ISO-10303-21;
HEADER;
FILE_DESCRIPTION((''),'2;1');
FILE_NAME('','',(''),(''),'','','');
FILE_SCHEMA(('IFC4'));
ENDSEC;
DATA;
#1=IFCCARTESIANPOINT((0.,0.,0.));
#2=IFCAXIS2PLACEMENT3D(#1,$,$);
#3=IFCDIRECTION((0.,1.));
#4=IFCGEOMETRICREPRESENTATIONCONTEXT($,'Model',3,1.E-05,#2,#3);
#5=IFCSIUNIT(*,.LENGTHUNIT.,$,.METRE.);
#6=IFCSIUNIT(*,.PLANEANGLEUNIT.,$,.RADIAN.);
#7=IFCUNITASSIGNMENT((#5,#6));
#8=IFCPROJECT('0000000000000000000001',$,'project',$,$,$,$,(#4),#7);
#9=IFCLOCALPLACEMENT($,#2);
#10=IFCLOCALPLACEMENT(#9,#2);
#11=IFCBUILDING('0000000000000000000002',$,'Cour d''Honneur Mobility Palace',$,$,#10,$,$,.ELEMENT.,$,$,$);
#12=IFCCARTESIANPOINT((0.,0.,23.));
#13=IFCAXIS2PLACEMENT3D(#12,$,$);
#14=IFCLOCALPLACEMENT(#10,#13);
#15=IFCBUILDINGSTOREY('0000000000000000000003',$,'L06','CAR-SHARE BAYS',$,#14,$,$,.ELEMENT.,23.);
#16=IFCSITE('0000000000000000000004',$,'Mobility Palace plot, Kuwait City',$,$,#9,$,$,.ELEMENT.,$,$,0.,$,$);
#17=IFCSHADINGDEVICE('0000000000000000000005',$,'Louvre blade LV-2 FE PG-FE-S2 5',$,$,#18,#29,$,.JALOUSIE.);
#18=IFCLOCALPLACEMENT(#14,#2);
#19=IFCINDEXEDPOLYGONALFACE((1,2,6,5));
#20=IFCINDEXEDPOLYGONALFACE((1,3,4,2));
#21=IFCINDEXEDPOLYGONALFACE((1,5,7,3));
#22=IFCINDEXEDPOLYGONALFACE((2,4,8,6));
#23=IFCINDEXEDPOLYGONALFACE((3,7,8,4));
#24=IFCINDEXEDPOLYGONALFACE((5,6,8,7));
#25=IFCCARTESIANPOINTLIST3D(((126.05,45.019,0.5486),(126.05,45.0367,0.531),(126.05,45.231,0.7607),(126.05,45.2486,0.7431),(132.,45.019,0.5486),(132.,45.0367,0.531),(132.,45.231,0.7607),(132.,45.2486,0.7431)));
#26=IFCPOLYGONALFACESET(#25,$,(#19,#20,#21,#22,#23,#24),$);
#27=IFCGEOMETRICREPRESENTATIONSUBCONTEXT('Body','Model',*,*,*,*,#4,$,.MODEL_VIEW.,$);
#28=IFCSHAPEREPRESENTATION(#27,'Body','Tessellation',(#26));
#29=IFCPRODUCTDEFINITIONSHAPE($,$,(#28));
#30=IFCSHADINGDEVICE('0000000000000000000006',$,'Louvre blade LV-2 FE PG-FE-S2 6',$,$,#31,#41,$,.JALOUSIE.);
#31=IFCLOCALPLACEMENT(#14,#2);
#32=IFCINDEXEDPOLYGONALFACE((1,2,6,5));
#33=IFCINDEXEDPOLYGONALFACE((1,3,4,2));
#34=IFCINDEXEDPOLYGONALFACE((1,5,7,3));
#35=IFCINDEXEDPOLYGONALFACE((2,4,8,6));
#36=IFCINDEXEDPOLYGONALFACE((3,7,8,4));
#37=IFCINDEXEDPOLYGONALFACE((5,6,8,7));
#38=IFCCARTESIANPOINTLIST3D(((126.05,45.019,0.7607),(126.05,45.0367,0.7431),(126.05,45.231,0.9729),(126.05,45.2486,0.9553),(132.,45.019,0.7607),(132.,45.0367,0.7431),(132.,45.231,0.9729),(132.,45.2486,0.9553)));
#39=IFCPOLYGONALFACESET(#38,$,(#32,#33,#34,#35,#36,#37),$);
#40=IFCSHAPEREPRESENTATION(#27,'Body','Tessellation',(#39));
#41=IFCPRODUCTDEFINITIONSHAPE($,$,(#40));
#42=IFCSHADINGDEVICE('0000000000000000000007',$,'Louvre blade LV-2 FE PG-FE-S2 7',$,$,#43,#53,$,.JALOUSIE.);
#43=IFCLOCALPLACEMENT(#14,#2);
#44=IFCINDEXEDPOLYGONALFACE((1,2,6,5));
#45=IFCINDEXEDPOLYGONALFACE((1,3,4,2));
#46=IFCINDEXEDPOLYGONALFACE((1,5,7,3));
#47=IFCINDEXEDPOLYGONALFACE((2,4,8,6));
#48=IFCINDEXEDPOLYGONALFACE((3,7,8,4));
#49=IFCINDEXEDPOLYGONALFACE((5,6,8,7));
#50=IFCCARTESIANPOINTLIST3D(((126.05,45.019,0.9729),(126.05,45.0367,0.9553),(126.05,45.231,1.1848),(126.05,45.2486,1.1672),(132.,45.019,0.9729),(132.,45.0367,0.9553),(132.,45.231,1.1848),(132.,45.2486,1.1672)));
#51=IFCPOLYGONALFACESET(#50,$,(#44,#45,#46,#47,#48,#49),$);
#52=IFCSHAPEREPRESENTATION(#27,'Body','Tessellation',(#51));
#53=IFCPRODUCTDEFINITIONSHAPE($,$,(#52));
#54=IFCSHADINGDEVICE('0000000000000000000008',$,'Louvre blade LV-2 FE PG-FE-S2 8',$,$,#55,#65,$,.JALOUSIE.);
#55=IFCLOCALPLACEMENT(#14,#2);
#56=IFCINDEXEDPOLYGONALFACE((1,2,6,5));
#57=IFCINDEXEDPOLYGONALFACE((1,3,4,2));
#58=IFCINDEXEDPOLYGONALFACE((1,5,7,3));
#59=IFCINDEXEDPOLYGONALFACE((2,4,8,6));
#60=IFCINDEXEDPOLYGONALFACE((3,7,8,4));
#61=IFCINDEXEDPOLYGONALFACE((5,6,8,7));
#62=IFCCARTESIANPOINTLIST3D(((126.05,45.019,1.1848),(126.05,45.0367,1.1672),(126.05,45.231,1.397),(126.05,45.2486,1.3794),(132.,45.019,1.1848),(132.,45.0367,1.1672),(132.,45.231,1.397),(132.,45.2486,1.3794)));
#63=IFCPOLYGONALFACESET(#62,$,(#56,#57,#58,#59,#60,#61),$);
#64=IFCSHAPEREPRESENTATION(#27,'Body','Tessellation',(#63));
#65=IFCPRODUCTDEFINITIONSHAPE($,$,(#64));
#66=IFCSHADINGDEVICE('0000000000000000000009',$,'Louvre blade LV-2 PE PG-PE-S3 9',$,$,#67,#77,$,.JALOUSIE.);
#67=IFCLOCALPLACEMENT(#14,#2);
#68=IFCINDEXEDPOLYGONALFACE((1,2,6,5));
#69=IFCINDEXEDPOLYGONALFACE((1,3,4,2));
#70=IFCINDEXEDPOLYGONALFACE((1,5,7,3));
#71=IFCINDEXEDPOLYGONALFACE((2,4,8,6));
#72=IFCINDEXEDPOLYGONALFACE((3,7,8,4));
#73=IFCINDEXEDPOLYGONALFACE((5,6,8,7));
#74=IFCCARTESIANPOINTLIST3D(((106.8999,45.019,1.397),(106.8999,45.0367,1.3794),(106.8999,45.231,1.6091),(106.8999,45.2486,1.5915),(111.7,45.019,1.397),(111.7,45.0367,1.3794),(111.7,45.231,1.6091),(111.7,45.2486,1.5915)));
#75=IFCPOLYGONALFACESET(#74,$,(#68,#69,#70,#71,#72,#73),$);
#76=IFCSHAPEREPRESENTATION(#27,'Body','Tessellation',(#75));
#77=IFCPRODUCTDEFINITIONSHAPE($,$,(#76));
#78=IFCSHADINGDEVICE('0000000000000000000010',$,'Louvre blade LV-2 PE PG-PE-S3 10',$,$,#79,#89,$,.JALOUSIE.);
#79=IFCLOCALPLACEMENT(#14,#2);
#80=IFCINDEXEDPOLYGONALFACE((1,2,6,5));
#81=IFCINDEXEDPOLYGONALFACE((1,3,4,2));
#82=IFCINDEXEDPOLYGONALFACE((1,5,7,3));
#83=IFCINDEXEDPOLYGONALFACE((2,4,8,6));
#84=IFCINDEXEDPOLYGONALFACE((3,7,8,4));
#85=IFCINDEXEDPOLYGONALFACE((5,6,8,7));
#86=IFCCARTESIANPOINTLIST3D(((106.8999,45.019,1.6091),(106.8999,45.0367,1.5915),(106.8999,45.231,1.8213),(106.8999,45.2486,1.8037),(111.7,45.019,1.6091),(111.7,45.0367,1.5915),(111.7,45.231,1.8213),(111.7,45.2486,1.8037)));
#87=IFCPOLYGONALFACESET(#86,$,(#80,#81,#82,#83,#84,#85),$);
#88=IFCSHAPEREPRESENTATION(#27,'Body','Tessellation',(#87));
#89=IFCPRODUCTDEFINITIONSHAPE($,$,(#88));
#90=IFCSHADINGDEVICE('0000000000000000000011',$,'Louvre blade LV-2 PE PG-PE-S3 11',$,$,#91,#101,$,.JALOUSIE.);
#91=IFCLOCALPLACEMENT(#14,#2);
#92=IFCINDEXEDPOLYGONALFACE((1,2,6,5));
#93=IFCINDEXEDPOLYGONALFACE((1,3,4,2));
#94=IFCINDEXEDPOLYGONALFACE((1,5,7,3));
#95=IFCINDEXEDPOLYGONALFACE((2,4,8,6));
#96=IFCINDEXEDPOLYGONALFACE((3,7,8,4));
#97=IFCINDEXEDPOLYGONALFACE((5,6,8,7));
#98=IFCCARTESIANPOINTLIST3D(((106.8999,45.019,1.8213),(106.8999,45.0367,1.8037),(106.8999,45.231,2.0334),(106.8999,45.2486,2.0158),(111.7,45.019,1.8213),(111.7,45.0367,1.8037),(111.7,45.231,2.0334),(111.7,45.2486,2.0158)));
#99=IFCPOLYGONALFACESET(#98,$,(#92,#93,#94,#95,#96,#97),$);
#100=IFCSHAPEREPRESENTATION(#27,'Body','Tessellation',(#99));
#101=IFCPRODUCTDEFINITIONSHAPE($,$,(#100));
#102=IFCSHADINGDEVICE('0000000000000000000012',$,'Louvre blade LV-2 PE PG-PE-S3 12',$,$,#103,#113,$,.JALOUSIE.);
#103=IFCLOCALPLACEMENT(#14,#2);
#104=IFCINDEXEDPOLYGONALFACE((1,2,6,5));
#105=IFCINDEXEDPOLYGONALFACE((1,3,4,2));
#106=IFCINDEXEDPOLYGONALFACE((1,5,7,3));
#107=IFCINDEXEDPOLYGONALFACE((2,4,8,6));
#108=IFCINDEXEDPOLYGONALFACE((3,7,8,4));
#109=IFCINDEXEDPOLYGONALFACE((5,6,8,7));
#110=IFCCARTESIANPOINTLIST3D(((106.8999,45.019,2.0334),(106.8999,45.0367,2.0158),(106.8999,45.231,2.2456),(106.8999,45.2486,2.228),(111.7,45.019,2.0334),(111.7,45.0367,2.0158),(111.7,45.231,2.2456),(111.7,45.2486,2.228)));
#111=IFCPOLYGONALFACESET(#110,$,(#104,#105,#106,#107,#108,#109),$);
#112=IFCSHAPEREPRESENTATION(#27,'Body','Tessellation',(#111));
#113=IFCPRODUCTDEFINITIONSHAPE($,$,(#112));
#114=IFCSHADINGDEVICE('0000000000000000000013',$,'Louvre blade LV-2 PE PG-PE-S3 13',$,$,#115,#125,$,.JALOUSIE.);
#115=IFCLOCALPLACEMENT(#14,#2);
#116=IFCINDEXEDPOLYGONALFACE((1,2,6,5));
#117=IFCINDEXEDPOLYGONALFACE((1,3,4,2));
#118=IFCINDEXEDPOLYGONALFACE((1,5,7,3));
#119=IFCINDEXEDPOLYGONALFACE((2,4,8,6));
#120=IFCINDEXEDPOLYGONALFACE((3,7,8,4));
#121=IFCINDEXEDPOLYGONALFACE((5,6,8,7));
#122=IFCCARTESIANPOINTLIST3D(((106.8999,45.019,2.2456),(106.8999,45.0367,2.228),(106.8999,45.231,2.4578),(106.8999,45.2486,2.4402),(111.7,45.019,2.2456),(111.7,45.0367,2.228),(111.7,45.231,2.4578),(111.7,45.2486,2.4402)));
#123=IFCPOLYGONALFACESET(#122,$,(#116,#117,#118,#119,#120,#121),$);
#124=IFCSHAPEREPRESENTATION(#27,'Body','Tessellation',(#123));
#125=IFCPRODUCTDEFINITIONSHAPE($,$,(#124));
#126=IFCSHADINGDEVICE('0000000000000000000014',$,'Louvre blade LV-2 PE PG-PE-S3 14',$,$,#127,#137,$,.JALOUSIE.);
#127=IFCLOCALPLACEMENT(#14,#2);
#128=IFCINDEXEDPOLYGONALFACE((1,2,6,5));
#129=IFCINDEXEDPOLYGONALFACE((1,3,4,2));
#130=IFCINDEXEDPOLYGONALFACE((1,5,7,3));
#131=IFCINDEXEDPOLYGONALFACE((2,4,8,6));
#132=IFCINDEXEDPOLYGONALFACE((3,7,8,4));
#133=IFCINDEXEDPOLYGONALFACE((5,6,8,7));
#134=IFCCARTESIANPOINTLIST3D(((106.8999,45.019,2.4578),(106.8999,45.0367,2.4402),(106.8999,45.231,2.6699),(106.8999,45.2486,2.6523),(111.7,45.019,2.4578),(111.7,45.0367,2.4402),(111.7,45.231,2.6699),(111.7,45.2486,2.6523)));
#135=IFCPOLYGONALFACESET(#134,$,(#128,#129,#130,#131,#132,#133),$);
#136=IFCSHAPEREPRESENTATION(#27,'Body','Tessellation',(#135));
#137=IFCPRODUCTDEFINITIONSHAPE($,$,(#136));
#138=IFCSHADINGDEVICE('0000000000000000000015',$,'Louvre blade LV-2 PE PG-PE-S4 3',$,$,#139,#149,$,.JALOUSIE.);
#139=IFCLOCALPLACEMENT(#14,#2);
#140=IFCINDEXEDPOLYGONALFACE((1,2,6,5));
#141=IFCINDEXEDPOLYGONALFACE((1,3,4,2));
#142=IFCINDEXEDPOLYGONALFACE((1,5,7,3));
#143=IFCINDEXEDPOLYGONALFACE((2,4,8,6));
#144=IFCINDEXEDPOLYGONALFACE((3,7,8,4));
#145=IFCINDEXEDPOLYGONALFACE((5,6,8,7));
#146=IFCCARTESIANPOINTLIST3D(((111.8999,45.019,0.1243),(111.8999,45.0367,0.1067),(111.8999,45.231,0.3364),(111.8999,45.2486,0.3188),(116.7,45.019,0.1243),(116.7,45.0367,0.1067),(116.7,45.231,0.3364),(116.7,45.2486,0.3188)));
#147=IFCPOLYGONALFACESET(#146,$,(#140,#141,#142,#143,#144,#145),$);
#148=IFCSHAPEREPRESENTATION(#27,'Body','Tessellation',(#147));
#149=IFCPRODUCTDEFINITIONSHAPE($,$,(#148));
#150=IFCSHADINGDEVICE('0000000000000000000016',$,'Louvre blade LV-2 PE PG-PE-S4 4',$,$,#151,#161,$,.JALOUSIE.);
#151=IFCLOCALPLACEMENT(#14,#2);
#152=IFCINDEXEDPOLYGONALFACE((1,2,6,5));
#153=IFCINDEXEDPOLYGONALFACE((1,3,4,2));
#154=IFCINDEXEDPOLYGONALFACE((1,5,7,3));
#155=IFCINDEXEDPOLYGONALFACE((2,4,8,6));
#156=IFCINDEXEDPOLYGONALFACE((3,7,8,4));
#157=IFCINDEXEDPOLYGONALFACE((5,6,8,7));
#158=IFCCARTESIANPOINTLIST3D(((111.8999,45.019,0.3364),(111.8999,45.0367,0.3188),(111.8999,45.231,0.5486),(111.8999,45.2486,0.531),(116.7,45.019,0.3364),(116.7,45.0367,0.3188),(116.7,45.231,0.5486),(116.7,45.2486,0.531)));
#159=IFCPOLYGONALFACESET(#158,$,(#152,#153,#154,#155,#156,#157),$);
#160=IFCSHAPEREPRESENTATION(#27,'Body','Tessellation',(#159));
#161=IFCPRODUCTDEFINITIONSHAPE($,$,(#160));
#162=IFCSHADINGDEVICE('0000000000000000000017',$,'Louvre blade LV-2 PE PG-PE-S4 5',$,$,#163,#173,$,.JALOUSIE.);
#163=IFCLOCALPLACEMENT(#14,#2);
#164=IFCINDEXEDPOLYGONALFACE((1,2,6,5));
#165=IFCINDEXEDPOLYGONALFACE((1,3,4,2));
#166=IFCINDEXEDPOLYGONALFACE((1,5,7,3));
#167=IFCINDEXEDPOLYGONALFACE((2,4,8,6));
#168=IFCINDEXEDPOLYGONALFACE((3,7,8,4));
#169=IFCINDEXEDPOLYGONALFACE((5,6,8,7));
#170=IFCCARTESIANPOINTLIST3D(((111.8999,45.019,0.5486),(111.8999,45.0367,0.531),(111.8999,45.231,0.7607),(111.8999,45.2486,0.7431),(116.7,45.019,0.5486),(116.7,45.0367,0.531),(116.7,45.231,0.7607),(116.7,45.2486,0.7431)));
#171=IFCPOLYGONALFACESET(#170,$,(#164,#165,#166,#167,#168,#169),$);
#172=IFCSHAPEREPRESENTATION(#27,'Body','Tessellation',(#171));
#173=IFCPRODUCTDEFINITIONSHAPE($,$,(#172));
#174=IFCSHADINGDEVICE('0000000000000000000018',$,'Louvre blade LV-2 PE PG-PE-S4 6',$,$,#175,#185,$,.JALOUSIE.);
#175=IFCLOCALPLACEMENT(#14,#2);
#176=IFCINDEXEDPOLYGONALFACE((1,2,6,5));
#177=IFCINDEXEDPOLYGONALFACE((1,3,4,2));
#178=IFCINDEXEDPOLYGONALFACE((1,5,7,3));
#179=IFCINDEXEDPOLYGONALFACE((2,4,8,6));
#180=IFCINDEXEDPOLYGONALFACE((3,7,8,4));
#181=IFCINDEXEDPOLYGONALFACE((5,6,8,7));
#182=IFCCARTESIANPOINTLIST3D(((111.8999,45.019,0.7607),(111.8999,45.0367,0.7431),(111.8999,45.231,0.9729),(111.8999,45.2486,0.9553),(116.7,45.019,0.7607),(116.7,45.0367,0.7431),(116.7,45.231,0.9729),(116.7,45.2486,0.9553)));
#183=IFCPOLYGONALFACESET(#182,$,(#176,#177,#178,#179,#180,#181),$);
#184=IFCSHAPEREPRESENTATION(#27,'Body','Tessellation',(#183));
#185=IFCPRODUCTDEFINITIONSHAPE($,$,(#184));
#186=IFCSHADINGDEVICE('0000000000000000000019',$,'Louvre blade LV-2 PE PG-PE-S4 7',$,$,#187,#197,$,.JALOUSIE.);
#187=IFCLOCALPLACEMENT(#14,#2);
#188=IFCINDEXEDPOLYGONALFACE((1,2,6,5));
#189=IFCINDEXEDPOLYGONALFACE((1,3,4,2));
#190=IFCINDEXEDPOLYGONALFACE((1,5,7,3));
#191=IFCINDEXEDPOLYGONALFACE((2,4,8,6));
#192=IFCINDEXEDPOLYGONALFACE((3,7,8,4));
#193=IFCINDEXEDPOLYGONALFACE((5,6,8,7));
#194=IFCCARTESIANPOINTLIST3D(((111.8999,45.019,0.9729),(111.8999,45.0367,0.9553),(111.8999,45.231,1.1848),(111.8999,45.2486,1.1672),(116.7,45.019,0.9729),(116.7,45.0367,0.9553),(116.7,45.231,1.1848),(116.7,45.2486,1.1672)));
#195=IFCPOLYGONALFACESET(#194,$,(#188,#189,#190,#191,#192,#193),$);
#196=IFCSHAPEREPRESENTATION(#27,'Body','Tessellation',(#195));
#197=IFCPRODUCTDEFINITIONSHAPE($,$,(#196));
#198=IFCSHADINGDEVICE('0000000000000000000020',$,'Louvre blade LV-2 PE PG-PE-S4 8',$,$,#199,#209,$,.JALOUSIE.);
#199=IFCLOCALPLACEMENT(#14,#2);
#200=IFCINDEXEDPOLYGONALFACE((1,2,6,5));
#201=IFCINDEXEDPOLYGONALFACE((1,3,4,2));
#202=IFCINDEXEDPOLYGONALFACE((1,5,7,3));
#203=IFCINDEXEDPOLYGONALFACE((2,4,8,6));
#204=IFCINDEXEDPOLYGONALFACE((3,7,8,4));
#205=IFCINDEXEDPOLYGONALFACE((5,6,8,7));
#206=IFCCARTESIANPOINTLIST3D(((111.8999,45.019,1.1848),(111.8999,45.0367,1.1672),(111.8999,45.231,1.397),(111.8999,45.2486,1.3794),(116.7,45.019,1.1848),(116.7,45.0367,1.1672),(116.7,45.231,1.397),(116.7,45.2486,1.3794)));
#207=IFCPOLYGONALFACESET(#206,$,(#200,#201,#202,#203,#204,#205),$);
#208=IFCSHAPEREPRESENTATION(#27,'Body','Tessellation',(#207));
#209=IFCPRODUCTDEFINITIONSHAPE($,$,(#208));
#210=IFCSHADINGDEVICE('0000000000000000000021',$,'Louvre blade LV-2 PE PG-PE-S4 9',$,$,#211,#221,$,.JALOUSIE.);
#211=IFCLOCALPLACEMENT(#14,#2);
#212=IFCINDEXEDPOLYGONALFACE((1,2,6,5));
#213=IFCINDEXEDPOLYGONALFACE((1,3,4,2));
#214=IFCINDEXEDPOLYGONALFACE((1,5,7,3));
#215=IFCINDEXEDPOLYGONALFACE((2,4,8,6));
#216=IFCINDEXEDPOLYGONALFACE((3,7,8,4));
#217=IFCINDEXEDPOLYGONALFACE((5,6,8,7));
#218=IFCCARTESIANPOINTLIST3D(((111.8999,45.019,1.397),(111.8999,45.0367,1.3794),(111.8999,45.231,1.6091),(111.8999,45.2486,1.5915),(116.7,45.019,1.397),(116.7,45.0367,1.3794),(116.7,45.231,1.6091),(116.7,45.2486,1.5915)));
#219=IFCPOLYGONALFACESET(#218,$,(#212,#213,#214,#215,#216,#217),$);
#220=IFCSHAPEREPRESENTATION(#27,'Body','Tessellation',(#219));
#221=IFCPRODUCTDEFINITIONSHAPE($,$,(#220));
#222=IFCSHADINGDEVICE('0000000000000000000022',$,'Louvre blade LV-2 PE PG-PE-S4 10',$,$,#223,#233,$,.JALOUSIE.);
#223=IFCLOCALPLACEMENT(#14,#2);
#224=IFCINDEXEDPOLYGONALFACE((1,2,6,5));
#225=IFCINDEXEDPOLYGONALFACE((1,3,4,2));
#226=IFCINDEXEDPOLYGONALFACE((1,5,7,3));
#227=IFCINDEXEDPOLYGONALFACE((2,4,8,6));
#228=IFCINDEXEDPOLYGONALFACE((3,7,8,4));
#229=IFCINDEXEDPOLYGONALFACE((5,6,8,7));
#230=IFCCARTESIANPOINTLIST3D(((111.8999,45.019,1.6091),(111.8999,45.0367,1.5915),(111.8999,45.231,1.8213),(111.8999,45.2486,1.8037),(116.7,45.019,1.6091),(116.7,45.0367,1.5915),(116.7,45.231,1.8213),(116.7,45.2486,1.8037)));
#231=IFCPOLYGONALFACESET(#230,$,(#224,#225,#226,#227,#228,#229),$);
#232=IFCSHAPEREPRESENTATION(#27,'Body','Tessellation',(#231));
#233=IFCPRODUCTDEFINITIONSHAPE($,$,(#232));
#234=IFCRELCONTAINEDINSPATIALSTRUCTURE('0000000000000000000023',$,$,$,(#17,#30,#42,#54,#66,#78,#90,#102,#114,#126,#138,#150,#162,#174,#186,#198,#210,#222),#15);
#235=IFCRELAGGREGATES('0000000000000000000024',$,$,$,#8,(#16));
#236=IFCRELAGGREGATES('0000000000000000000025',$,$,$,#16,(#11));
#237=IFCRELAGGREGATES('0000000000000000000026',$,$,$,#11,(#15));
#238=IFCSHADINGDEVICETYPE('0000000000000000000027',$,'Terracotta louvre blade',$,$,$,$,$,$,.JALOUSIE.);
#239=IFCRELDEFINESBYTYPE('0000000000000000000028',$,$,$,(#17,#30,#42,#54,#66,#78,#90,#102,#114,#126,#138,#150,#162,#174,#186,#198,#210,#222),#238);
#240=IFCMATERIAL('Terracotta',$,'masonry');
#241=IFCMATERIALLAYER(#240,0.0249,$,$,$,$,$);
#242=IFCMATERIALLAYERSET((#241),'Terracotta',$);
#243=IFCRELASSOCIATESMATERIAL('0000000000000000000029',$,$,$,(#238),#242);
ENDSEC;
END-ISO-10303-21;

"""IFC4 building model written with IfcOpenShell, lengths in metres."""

from ifc_helpers import new_model, si_unit, direction, frame, origin, place, context, subcontext, project, spatial, polyline, outline, extrude, material, layer, layer_set, type_object, element, save


model = new_model("IFC4")

# Units and contexts
model_context = context("Model", 3, precision=1e-05, world=origin(), true_north=direction((0.0, 1.0)))
body_context = subcontext(model_context, "Body", "Model", "MODEL_VIEW")
ifc_project = project(units=[si_unit("LENGTHUNIT", "METRE"), si_unit("PLANEANGLEUNIT", "RADIAN")], contexts=[model_context])

# Site, building, storey
site_placement = place(None, origin())
site = spatial("IfcSite", under=ifc_project, at=site_placement, Name="Mobility Palace plot, Kuwait City", CompositionType="ELEMENT", RefElevation=0.0)
building_placement = place(site_placement, origin())
building = spatial("IfcBuilding", under=site, at=building_placement, Name="Cour d'Honneur Mobility Palace", CompositionType="ELEMENT")
storey_placement = place(building_placement, frame((0.0, 0.0, 23.0)))
storey = spatial("IfcBuildingStorey", under=building, at=storey_placement, Name="L06", Description="CAR-SHARE BAYS", CompositionType="ELEMENT", Elevation=23.0)

# Shading devices
ifc_material = material(Name="Terracotta", Category="masonry")
ifc_layer = layer(ifc_material, 0.0249)
ifc_layer_set = layer_set([ifc_layer], Name="Terracotta")
shading_device_type = type_object("IfcShadingDeviceType", Name="Terracotta louvre blade", PredefinedType="JALOUSIE", material=ifc_layer_set)
for number, where, z_axis, x_axis, name in (
    (1, (126.05, 45.019, 0.5486), (0.0, -0.707514, 0.7067), (1.0, 0.0, 0.0), "Louvre blade LV-2 FE PG-FE-S2 5"),
    (2, (126.05, 45.019, 0.7607), (0.0, -0.707514, 0.7067), (1.0, 0.0, 0.0), "Louvre blade LV-2 FE PG-FE-S2 6"),
):
    element("IfcShadingDevice", number, at=place(storey_placement, frame(where, z_axis=z_axis, x_axis=x_axis)), inside=storey, type_object=shading_device_type, Name=name, PredefinedType="JALOUSIE", context=body_context, shape_type="SweptSolid", body=[
        extrude(outline(polyline([(0.0, 0.0), (5.95, 0.0), (5.95, 0.2999), (0.0, 0.2999), (0.0, 0.0)])), origin(), (0.0, 0.0, -1.0), 0.0249),
    ])
shading_device_1_placement = place(storey_placement, frame((126.05, 45.019, 0.9729), z_axis=(0.0, -0.707107, 0.707107), x_axis=(1.0, 0.0, 0.0)))
element("IfcShadingDevice", 3, at=shading_device_1_placement, inside=storey, type_object=shading_device_type, Name="Louvre blade LV-2 FE PG-FE-S2 7", PredefinedType="JALOUSIE", context=body_context, shape_type="SweptSolid", body=[
    extrude(outline(polyline([(0.0, 0.0), (5.95, 0.0), (5.95, 0.2997), (0.0, 0.2997), (0.0, 0.0)])), origin(), (0.0, 0.0, -1.0), 0.0249),
])
shading_device_2_placement = place(storey_placement, frame((126.05, 45.019, 1.1848), z_axis=(0.0, -0.707514, 0.7067), x_axis=(1.0, 0.0, 0.0)))
element("IfcShadingDevice", 4, at=shading_device_2_placement, inside=storey, type_object=shading_device_type, Name="Louvre blade LV-2 FE PG-FE-S2 8", PredefinedType="JALOUSIE", context=body_context, shape_type="SweptSolid", body=[
    extrude(outline(polyline([(0.0, 0.0), (5.95, 0.0), (5.95, 0.2999), (0.0, 0.2999), (0.0, 0.0)])), origin(), (0.0, 0.0, -1.0), 0.0249),
])
for number, where, z_axis, x_axis, name in (
    (5, (106.8999, 45.019, 1.397), (0.0, -0.707514, 0.7067), (1.0, 0.0, 0.0), "Louvre blade LV-2 PE PG-PE-S3 9"),
    (6, (106.8999, 45.019, 1.6091), (0.0, -0.707514, 0.7067), (1.0, 0.0, 0.0), "Louvre blade LV-2 PE PG-PE-S3 10"),
    (7, (106.8999, 45.019, 1.8213), (0.0, -0.707514, 0.7067), (1.0, 0.0, 0.0), "Louvre blade LV-2 PE PG-PE-S3 11"),
    (8, (106.8999, 45.019, 2.0334), (0.0, -0.707514, 0.7067), (1.0, 0.0, 0.0), "Louvre blade LV-2 PE PG-PE-S3 12"),
    (9, (106.8999, 45.019, 2.2456), (0.0, -0.707514, 0.7067), (1.0, 0.0, 0.0), "Louvre blade LV-2 PE PG-PE-S3 13"),
    (10, (106.8999, 45.019, 2.4578), (0.0, -0.707514, 0.7067), (1.0, 0.0, 0.0), "Louvre blade LV-2 PE PG-PE-S3 14"),
    (11, (111.8999, 45.019, 0.1243), (0.0, -0.707514, 0.7067), (1.0, 0.0, 0.0), "Louvre blade LV-2 PE PG-PE-S4 3"),
    (12, (111.8999, 45.019, 0.3364), (0.0, -0.707514, 0.7067), (1.0, 0.0, 0.0), "Louvre blade LV-2 PE PG-PE-S4 4"),
    (13, (111.8999, 45.019, 0.5486), (0.0, -0.707514, 0.7067), (1.0, 0.0, 0.0), "Louvre blade LV-2 PE PG-PE-S4 5"),
    (14, (111.8999, 45.019, 0.7607), (0.0, -0.707514, 0.7067), (1.0, 0.0, 0.0), "Louvre blade LV-2 PE PG-PE-S4 6"),
):
    element("IfcShadingDevice", number, at=place(storey_placement, frame(where, z_axis=z_axis, x_axis=x_axis)), inside=storey, type_object=shading_device_type, Name=name, PredefinedType="JALOUSIE", context=body_context, shape_type="SweptSolid", body=[
        extrude(outline(polyline([(0.0, 0.0), (4.8, 0.0), (4.8, 0.2999), (0.0, 0.2999), (0.0, 0.0)])), origin(), (0.0, 0.0, -1.0), 0.0249),
    ])
shading_device_3_placement = place(storey_placement, frame((111.8999, 45.019, 0.9729), z_axis=(0.0, -0.707107, 0.707107), x_axis=(1.0, 0.0, 0.0)))
element("IfcShadingDevice", 15, at=shading_device_3_placement, inside=storey, type_object=shading_device_type, Name="Louvre blade LV-2 PE PG-PE-S4 7", PredefinedType="JALOUSIE", context=body_context, shape_type="SweptSolid", body=[
    extrude(outline(polyline([(0.0, 0.0), (4.8, 0.0), (4.8, 0.2997), (0.0, 0.2997), (0.0, 0.0)])), origin(), (0.0, 0.0, -1.0), 0.0249),
])
for number, where, z_axis, x_axis, name in (
    (16, (111.8999, 45.019, 1.1848), (0.0, -0.707514, 0.7067), (1.0, 0.0, 0.0), "Louvre blade LV-2 PE PG-PE-S4 8"),
    (17, (111.8999, 45.019, 1.397), (0.0, -0.707514, 0.7067), (1.0, 0.0, 0.0), "Louvre blade LV-2 PE PG-PE-S4 9"),
    (18, (111.8999, 45.019, 1.6091), (0.0, -0.707514, 0.7067), (1.0, 0.0, 0.0), "Louvre blade LV-2 PE PG-PE-S4 10"),
):
    element("IfcShadingDevice", number, at=place(storey_placement, frame(where, z_axis=z_axis, x_axis=x_axis)), inside=storey, type_object=shading_device_type, Name=name, PredefinedType="JALOUSIE", context=body_context, shape_type="SweptSolid", body=[
        extrude(outline(polyline([(0.0, 0.0), (4.8, 0.0), (4.8, 0.2999), (0.0, 0.2999), (0.0, 0.0)])), origin(), (0.0, 0.0, -1.0), 0.0249),
    ])

save(model, "model.ifc")
